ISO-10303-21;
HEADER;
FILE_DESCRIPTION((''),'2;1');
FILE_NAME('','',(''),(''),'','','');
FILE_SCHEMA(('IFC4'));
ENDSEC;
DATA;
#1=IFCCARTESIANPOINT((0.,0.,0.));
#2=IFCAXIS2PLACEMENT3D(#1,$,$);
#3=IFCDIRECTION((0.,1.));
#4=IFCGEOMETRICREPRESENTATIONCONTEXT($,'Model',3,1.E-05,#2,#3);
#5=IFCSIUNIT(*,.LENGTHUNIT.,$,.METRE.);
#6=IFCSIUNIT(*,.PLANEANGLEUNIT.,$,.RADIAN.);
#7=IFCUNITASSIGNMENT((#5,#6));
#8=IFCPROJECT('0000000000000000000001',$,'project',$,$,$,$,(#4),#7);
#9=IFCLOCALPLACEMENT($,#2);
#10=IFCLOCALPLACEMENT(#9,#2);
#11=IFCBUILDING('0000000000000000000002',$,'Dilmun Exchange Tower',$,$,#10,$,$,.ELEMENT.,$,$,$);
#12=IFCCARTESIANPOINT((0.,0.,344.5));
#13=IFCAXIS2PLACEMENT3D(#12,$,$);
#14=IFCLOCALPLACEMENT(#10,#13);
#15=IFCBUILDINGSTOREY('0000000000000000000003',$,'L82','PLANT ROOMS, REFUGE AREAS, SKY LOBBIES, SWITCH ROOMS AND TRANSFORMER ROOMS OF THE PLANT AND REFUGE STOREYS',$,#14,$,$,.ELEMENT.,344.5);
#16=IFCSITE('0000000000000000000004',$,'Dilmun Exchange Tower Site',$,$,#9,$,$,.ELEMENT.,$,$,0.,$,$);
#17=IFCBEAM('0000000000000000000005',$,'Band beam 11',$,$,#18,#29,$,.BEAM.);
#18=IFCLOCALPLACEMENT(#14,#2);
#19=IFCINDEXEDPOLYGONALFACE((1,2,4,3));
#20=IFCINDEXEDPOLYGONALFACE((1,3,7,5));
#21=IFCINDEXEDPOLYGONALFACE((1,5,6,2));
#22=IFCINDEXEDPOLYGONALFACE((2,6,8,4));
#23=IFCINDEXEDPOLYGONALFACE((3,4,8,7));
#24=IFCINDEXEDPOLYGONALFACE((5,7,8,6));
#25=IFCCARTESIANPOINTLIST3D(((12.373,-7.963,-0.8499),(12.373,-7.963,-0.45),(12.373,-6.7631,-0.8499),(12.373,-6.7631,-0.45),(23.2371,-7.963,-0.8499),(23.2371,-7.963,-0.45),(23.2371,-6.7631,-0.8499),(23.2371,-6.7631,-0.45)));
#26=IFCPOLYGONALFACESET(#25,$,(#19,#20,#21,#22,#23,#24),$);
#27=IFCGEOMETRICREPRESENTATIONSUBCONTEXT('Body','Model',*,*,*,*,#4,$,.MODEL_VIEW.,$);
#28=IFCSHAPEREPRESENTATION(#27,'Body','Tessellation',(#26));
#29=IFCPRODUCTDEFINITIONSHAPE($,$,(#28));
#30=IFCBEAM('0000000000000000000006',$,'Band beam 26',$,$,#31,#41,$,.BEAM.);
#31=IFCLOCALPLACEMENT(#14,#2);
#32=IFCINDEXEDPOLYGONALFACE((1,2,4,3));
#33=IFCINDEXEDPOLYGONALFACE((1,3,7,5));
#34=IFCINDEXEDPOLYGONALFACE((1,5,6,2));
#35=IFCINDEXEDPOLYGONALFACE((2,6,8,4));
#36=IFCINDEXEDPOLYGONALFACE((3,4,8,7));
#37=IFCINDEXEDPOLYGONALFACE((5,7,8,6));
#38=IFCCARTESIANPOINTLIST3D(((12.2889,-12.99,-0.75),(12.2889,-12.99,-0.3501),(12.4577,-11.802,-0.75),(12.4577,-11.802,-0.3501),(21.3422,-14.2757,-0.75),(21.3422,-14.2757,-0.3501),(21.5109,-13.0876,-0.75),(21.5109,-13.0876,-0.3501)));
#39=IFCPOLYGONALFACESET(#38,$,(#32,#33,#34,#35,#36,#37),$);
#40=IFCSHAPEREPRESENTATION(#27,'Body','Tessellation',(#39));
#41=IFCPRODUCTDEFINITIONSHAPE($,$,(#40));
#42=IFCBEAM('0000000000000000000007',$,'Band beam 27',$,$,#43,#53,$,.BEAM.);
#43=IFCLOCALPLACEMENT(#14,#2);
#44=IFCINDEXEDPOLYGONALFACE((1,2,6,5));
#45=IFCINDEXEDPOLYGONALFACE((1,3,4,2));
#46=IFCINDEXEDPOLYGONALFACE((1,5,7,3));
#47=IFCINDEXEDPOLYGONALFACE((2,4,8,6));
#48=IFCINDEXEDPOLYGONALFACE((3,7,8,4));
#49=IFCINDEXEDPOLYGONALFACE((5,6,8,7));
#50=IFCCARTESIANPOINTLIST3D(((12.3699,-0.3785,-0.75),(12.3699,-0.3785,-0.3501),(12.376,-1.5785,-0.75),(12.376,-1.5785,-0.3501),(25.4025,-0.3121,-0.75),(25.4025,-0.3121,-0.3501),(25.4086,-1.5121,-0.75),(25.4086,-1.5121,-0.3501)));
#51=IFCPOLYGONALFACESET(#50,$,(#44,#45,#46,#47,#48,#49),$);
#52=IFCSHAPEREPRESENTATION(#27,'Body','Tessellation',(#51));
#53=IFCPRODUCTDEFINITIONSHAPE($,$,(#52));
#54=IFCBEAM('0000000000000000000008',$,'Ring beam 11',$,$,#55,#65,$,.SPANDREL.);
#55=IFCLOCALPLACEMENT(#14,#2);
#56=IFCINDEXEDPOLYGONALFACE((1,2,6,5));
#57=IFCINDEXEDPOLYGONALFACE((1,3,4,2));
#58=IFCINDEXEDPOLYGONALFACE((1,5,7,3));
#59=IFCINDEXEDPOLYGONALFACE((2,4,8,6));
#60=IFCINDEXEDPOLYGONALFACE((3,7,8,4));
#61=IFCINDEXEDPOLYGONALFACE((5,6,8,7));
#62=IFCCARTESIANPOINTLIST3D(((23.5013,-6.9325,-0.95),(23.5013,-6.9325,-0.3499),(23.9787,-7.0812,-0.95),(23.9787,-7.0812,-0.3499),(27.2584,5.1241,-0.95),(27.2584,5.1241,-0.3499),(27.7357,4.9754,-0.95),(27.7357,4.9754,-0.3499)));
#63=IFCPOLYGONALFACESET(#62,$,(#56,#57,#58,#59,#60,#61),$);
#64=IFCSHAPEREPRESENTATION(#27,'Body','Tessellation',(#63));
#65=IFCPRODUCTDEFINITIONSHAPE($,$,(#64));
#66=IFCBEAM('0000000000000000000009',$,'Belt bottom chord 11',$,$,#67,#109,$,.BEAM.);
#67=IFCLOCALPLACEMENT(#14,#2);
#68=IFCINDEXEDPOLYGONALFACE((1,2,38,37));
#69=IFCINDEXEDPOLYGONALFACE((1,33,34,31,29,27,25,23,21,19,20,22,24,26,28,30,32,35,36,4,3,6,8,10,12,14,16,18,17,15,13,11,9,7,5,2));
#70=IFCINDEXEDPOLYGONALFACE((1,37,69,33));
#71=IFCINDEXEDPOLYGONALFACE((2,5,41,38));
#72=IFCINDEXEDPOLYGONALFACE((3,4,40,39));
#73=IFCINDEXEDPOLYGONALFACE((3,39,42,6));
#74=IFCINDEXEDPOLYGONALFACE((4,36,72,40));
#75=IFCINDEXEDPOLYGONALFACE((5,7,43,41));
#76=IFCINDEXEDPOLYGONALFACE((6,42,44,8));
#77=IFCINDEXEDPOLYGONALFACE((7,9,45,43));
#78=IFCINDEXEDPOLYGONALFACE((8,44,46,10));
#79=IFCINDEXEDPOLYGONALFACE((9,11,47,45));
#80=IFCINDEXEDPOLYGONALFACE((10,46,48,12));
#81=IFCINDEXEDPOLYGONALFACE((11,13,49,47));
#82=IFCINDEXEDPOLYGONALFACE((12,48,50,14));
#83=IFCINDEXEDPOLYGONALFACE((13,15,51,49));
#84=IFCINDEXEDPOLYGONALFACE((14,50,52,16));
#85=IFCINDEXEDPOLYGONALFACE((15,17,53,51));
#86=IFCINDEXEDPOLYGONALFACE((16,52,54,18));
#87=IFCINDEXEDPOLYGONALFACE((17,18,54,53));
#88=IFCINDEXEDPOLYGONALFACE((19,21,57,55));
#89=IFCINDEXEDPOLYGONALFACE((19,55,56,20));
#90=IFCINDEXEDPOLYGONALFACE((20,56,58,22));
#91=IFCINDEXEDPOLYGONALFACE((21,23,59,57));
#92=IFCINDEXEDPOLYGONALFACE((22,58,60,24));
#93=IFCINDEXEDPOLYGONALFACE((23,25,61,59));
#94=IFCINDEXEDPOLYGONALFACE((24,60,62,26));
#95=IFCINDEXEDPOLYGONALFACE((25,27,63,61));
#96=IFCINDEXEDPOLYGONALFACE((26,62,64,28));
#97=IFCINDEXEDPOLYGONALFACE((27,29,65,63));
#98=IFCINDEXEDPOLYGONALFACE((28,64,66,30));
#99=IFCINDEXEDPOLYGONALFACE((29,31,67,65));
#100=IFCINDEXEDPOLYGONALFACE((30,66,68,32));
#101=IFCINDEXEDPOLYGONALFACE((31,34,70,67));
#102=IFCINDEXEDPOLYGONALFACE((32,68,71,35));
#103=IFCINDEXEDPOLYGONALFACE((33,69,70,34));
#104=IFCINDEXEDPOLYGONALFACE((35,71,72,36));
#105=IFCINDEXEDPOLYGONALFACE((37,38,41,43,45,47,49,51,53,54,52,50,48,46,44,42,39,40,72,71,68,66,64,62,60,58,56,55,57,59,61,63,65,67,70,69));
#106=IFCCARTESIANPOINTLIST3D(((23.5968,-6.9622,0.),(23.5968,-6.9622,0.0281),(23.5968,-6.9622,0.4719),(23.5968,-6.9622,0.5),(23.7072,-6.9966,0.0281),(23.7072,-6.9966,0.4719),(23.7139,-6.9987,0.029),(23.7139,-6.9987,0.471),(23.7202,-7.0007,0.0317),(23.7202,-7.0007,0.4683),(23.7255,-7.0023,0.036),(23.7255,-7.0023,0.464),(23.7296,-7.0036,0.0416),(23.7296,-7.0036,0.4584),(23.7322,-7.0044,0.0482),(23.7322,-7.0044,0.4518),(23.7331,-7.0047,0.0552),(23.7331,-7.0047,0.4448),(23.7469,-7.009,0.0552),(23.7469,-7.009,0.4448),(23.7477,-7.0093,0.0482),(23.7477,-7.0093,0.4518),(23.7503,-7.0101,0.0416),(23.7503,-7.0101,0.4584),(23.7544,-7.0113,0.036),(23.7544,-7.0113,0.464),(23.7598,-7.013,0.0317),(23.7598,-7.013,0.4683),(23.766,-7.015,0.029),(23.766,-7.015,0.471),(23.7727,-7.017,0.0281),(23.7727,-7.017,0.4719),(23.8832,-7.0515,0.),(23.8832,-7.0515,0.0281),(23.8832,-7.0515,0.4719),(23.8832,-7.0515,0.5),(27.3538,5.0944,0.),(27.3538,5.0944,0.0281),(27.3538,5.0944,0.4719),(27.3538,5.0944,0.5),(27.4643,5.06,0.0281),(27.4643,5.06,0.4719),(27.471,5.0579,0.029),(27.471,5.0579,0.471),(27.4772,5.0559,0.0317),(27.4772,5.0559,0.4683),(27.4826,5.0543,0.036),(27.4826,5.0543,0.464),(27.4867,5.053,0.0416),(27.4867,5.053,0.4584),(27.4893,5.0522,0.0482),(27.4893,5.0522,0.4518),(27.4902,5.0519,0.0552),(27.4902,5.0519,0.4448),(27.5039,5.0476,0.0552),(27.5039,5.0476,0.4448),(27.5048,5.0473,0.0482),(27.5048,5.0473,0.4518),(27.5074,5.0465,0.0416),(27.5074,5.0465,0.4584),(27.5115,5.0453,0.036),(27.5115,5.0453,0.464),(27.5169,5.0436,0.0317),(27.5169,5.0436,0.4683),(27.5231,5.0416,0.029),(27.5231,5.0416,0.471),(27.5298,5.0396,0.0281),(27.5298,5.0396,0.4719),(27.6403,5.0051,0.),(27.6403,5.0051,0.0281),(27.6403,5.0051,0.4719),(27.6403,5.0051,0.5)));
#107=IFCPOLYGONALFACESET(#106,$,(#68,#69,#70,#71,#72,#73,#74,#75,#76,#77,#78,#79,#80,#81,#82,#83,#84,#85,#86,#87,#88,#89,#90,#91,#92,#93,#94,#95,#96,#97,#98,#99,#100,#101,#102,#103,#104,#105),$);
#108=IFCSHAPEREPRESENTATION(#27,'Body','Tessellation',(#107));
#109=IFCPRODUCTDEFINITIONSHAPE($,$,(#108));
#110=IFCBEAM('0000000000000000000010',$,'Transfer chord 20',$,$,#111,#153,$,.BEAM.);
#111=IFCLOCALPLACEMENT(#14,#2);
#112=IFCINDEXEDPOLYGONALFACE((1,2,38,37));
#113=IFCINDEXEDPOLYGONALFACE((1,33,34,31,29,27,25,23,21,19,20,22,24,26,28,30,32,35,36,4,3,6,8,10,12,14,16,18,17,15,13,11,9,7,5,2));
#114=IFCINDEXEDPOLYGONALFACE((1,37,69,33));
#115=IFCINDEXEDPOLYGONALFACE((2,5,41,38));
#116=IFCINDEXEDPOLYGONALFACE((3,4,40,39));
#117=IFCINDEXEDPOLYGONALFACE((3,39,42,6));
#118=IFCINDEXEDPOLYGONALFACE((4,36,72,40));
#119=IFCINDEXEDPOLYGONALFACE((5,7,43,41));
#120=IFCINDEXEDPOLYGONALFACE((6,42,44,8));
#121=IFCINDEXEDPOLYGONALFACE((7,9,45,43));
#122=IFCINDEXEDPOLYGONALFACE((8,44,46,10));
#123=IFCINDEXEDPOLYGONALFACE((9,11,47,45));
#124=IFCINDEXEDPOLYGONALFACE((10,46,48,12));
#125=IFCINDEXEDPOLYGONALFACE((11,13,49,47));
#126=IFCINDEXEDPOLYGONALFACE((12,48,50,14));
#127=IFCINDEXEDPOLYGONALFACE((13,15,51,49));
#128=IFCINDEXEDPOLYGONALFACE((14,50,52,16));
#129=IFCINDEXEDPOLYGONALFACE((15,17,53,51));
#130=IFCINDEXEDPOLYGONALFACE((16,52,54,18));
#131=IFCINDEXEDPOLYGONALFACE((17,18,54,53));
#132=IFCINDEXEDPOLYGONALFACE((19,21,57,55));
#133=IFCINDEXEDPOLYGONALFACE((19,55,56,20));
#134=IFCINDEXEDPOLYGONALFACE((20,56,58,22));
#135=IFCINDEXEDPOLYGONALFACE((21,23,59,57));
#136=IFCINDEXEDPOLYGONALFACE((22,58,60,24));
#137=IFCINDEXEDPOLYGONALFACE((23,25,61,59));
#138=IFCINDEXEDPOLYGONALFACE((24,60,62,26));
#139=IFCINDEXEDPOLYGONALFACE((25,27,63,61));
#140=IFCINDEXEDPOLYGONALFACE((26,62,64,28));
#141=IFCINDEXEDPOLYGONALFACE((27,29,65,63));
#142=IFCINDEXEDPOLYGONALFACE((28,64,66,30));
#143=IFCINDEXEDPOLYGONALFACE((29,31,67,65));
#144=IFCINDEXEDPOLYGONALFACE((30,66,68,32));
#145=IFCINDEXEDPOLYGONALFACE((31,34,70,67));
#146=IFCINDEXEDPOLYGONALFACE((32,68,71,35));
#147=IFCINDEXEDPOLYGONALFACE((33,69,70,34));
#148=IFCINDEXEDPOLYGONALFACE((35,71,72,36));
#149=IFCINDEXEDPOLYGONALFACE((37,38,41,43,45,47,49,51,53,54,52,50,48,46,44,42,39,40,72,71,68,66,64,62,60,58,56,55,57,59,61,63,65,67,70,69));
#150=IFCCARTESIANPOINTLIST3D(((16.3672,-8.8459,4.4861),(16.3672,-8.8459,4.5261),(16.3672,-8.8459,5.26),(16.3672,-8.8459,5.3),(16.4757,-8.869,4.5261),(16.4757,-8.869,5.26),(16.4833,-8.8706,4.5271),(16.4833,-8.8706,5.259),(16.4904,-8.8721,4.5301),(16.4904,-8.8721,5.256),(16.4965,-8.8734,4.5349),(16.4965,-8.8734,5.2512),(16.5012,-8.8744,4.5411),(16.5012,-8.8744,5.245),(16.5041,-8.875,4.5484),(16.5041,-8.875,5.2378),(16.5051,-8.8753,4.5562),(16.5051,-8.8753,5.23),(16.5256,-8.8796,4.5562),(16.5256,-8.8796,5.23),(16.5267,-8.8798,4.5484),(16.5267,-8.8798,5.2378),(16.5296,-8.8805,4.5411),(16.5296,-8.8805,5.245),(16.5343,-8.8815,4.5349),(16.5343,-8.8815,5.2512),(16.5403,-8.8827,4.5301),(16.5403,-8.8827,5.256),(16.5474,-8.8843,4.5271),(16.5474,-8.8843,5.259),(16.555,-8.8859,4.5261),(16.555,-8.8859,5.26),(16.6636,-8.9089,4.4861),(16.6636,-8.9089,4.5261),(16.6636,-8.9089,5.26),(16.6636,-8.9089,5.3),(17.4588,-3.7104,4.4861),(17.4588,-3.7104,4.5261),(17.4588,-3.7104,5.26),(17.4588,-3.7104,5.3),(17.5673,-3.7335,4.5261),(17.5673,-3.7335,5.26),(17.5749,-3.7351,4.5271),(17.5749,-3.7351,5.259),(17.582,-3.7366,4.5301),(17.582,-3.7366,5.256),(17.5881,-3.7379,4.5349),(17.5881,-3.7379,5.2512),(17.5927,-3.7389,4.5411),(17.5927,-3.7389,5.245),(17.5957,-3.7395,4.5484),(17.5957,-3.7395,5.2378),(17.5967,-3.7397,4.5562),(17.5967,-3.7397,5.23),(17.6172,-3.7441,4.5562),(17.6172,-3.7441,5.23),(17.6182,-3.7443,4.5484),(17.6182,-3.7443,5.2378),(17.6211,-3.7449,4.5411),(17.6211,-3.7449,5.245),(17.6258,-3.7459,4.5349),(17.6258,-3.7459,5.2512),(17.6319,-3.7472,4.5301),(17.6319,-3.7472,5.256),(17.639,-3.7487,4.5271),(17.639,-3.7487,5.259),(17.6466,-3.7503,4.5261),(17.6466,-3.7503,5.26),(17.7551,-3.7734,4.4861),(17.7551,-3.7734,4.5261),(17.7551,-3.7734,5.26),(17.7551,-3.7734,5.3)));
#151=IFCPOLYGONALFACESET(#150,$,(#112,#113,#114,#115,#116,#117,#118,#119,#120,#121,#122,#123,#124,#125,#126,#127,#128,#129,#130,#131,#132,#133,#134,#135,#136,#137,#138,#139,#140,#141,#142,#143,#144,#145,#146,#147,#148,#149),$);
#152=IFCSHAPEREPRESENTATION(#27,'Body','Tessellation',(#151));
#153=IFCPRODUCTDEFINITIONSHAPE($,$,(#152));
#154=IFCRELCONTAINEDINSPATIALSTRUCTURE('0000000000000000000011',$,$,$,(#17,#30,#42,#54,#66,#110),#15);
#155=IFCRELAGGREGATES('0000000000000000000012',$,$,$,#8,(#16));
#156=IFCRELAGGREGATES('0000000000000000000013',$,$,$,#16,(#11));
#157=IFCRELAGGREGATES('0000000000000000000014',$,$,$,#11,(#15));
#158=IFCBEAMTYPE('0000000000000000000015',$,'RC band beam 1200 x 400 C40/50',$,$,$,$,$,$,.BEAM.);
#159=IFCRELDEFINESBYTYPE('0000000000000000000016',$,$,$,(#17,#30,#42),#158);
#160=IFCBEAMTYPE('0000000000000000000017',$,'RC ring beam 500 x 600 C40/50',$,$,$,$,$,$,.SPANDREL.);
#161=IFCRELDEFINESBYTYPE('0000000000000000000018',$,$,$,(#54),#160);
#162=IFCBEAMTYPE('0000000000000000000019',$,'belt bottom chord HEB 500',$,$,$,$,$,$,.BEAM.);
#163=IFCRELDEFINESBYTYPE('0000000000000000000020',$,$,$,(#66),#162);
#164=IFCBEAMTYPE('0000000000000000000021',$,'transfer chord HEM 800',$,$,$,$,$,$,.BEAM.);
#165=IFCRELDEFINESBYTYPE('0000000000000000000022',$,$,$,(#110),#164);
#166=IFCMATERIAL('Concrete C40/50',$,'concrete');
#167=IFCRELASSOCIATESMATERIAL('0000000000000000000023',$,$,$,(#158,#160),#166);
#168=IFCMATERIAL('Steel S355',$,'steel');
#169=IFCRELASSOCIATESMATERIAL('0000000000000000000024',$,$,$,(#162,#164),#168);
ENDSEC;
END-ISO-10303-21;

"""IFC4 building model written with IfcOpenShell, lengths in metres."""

from ifc_helpers import new_model, si_unit, direction, frame, origin, origin_2d, place, context, subcontext, project, spatial, rectangle, i_section, extrude, material, material_profile, profile_set, type_object, element, save


model = new_model("IFC4")

# Units and contexts
model_context = context("Model", 3, precision=1e-05, world=origin(), true_north=direction((0.0, 1.0)))
body_context = subcontext(model_context, "Body", "Model", "MODEL_VIEW")
ifc_project = project(units=[si_unit("LENGTHUNIT", "METRE"), si_unit("PLANEANGLEUNIT", "RADIAN")], contexts=[model_context])

# Site, building, storey
site_placement = place(None, origin())
site = spatial("IfcSite", under=ifc_project, at=site_placement, Name="Dilmun Exchange Tower Site", CompositionType="ELEMENT", RefElevation=0.0)
building_placement = place(site_placement, origin())
building = spatial("IfcBuilding", under=site, at=building_placement, Name="Dilmun Exchange Tower", CompositionType="ELEMENT")
storey_placement = place(building_placement, frame((0.0, 0.0, 344.5)))
storey = spatial("IfcBuildingStorey", under=building, at=storey_placement, Name="L82", Description="PLANT ROOMS, REFUGE AREAS, SKY LOBBIES, SWITCH ROOMS AND TRANSFORMER ROOMS OF THE PLANT AND REFUGE STOREYS", CompositionType="ELEMENT", Elevation=344.5)

# Beams
ifc_material_1 = material(Name="Concrete C40/50", Category="concrete")
ifc_material_profile_1 = material_profile(ifc_material_1, rectangle(XDim=1.2, YDim=0.3999, at=origin_2d()), Name="1200 x 400")
ifc_profile_set_1 = profile_set([ifc_material_profile_1], Name="Concrete C40/50")
beam_type_1 = type_object("IfcBeamType", Name="RC band beam 1200 x 400 C40/50", PredefinedType="BEAM", material=ifc_profile_set_1)
beam_1_placement = place(storey_placement, frame((23.2371, -7.363, -0.6499), z_axis=(-1.0, 0.0, 0.0), x_axis=(0.0, -1.0, 0.0)))
element("IfcBeam", 1, at=beam_1_placement, inside=storey, type_object=beam_type_1, Name="Band beam 11", PredefinedType="BEAM", context=body_context, shape_type="SweptSolid", body=[
    extrude(rectangle(XDim=1.2, YDim=0.3999, at=origin_2d()), origin(), (0.0, 0.0, 1.0), 10.864),
])
beam_2_placement = place(storey_placement, frame((21.4265, -13.6816, -0.55), z_axis=(-0.990067, 0.140599, 0.0), x_axis=(-0.140599, -0.990067, 0.0)))
element("IfcBeam", 2, at=beam_2_placement, inside=storey, type_object=beam_type_1, Name="Band beam 26", PredefinedType="BEAM", context=body_context, shape_type="SweptSolid", body=[
    extrude(rectangle(XDim=1.2, YDim=0.3999, at=origin_2d()), origin(), (0.0, 0.0, 1.0), 9.144),
])
beam_3_placement = place(storey_placement, frame((25.4055, -0.9121, -0.55), z_axis=(-0.999987, -0.005095, 0.0), x_axis=(0.005095, -0.999987, 0.0)))
element("IfcBeam", 3, at=beam_3_placement, inside=storey, type_object=beam_type_1, Name="Band beam 27", PredefinedType="BEAM", context=body_context, shape_type="SweptSolid", body=[
    extrude(rectangle(XDim=1.2, YDim=0.3999, at=origin_2d()), origin(), (0.0, 0.0, 1.0), 13.0327),
])
ifc_material_profile_2 = material_profile(ifc_material_1, rectangle(XDim=0.5, YDim=0.6001, at=origin_2d()), Name="500 x 600")
ifc_profile_set_2 = profile_set([ifc_material_profile_2], Name="Concrete C40/50")
beam_type_2 = type_object("IfcBeamType", Name="RC ring beam 500 x 600 C40/50", PredefinedType="SPANDREL", material=ifc_profile_set_2)
beam_4_placement = place(storey_placement, frame((23.74, -7.0068, -0.6499), z_axis=(0.297509, 0.954719, 0.0), x_axis=(-0.954719, 0.297509, 0.0)))
element("IfcBeam", 4, at=beam_4_placement, inside=storey, type_object=beam_type_2, Name="Ring beam 11", PredefinedType="SPANDREL", context=body_context, shape_type="SweptSolid", body=[
    extrude(rectangle(XDim=0.5, YDim=0.6001, at=origin_2d()), origin(), (0.0, 0.0, 1.0), 12.6284),
])
ifc_material_2 = material(Name="Steel S355", Category="steel")
ifc_material_profile_3 = material_profile(ifc_material_2, i_section(OverallWidth=0.3, OverallDepth=0.5, WebThickness=0.0144, FlangeThickness=0.0281, FilletRadius=0.0271, at=origin_2d()), Name="HEB 500")
ifc_profile_set_3 = profile_set([ifc_material_profile_3], Name="Steel S355")
beam_type_3 = type_object("IfcBeamType", Name="belt bottom chord HEB 500", PredefinedType="BEAM", material=ifc_profile_set_3)
beam_5_placement = place(storey_placement, frame((23.74, -7.0068, 0.25), z_axis=(0.297509, 0.954719, 0.0), x_axis=(-0.954719, 0.297509, 0.0)))
element("IfcBeam", 5, at=beam_5_placement, inside=storey, type_object=beam_type_3, Name="Belt bottom chord 11", PredefinedType="BEAM", context=body_context, shape_type="SweptSolid", body=[
    extrude(i_section(OverallWidth=0.3, OverallDepth=0.5, WebThickness=0.0144, FlangeThickness=0.0281, FilletRadius=0.0271, at=origin_2d()), origin(), (0.0, 0.0, 1.0), 12.6284),
])
ifc_material_profile_4 = material_profile(ifc_material_2, i_section(OverallWidth=0.303, OverallDepth=0.814, WebThickness=0.021, FlangeThickness=0.04, FilletRadius=0.03, at=origin_2d()), Name="HEM 800")
ifc_profile_set_4 = profile_set([ifc_material_profile_4], Name="Steel S355")
beam_type_4 = type_object("IfcBeamType", Name="transfer chord HEM 800", PredefinedType="BEAM", material=ifc_profile_set_4)
beam_6_placement = place(storey_placement, frame((16.5154, -8.8774, 4.8931), z_axis=(0.207906, 0.978149, 0.0), x_axis=(-0.978149, 0.207906, 0.0)))
element("IfcBeam", 6, at=beam_6_placement, inside=storey, type_object=beam_type_4, Name="Transfer chord 20", PredefinedType="BEAM", context=body_context, shape_type="SweptSolid", body=[
    extrude(i_section(OverallWidth=0.303, OverallDepth=0.814, WebThickness=0.021, FlangeThickness=0.04, FilletRadius=0.03, at=origin_2d()), origin(), (0.0, 0.0, 1.0), 5.2502),
])

save(model, "model.ifc")
